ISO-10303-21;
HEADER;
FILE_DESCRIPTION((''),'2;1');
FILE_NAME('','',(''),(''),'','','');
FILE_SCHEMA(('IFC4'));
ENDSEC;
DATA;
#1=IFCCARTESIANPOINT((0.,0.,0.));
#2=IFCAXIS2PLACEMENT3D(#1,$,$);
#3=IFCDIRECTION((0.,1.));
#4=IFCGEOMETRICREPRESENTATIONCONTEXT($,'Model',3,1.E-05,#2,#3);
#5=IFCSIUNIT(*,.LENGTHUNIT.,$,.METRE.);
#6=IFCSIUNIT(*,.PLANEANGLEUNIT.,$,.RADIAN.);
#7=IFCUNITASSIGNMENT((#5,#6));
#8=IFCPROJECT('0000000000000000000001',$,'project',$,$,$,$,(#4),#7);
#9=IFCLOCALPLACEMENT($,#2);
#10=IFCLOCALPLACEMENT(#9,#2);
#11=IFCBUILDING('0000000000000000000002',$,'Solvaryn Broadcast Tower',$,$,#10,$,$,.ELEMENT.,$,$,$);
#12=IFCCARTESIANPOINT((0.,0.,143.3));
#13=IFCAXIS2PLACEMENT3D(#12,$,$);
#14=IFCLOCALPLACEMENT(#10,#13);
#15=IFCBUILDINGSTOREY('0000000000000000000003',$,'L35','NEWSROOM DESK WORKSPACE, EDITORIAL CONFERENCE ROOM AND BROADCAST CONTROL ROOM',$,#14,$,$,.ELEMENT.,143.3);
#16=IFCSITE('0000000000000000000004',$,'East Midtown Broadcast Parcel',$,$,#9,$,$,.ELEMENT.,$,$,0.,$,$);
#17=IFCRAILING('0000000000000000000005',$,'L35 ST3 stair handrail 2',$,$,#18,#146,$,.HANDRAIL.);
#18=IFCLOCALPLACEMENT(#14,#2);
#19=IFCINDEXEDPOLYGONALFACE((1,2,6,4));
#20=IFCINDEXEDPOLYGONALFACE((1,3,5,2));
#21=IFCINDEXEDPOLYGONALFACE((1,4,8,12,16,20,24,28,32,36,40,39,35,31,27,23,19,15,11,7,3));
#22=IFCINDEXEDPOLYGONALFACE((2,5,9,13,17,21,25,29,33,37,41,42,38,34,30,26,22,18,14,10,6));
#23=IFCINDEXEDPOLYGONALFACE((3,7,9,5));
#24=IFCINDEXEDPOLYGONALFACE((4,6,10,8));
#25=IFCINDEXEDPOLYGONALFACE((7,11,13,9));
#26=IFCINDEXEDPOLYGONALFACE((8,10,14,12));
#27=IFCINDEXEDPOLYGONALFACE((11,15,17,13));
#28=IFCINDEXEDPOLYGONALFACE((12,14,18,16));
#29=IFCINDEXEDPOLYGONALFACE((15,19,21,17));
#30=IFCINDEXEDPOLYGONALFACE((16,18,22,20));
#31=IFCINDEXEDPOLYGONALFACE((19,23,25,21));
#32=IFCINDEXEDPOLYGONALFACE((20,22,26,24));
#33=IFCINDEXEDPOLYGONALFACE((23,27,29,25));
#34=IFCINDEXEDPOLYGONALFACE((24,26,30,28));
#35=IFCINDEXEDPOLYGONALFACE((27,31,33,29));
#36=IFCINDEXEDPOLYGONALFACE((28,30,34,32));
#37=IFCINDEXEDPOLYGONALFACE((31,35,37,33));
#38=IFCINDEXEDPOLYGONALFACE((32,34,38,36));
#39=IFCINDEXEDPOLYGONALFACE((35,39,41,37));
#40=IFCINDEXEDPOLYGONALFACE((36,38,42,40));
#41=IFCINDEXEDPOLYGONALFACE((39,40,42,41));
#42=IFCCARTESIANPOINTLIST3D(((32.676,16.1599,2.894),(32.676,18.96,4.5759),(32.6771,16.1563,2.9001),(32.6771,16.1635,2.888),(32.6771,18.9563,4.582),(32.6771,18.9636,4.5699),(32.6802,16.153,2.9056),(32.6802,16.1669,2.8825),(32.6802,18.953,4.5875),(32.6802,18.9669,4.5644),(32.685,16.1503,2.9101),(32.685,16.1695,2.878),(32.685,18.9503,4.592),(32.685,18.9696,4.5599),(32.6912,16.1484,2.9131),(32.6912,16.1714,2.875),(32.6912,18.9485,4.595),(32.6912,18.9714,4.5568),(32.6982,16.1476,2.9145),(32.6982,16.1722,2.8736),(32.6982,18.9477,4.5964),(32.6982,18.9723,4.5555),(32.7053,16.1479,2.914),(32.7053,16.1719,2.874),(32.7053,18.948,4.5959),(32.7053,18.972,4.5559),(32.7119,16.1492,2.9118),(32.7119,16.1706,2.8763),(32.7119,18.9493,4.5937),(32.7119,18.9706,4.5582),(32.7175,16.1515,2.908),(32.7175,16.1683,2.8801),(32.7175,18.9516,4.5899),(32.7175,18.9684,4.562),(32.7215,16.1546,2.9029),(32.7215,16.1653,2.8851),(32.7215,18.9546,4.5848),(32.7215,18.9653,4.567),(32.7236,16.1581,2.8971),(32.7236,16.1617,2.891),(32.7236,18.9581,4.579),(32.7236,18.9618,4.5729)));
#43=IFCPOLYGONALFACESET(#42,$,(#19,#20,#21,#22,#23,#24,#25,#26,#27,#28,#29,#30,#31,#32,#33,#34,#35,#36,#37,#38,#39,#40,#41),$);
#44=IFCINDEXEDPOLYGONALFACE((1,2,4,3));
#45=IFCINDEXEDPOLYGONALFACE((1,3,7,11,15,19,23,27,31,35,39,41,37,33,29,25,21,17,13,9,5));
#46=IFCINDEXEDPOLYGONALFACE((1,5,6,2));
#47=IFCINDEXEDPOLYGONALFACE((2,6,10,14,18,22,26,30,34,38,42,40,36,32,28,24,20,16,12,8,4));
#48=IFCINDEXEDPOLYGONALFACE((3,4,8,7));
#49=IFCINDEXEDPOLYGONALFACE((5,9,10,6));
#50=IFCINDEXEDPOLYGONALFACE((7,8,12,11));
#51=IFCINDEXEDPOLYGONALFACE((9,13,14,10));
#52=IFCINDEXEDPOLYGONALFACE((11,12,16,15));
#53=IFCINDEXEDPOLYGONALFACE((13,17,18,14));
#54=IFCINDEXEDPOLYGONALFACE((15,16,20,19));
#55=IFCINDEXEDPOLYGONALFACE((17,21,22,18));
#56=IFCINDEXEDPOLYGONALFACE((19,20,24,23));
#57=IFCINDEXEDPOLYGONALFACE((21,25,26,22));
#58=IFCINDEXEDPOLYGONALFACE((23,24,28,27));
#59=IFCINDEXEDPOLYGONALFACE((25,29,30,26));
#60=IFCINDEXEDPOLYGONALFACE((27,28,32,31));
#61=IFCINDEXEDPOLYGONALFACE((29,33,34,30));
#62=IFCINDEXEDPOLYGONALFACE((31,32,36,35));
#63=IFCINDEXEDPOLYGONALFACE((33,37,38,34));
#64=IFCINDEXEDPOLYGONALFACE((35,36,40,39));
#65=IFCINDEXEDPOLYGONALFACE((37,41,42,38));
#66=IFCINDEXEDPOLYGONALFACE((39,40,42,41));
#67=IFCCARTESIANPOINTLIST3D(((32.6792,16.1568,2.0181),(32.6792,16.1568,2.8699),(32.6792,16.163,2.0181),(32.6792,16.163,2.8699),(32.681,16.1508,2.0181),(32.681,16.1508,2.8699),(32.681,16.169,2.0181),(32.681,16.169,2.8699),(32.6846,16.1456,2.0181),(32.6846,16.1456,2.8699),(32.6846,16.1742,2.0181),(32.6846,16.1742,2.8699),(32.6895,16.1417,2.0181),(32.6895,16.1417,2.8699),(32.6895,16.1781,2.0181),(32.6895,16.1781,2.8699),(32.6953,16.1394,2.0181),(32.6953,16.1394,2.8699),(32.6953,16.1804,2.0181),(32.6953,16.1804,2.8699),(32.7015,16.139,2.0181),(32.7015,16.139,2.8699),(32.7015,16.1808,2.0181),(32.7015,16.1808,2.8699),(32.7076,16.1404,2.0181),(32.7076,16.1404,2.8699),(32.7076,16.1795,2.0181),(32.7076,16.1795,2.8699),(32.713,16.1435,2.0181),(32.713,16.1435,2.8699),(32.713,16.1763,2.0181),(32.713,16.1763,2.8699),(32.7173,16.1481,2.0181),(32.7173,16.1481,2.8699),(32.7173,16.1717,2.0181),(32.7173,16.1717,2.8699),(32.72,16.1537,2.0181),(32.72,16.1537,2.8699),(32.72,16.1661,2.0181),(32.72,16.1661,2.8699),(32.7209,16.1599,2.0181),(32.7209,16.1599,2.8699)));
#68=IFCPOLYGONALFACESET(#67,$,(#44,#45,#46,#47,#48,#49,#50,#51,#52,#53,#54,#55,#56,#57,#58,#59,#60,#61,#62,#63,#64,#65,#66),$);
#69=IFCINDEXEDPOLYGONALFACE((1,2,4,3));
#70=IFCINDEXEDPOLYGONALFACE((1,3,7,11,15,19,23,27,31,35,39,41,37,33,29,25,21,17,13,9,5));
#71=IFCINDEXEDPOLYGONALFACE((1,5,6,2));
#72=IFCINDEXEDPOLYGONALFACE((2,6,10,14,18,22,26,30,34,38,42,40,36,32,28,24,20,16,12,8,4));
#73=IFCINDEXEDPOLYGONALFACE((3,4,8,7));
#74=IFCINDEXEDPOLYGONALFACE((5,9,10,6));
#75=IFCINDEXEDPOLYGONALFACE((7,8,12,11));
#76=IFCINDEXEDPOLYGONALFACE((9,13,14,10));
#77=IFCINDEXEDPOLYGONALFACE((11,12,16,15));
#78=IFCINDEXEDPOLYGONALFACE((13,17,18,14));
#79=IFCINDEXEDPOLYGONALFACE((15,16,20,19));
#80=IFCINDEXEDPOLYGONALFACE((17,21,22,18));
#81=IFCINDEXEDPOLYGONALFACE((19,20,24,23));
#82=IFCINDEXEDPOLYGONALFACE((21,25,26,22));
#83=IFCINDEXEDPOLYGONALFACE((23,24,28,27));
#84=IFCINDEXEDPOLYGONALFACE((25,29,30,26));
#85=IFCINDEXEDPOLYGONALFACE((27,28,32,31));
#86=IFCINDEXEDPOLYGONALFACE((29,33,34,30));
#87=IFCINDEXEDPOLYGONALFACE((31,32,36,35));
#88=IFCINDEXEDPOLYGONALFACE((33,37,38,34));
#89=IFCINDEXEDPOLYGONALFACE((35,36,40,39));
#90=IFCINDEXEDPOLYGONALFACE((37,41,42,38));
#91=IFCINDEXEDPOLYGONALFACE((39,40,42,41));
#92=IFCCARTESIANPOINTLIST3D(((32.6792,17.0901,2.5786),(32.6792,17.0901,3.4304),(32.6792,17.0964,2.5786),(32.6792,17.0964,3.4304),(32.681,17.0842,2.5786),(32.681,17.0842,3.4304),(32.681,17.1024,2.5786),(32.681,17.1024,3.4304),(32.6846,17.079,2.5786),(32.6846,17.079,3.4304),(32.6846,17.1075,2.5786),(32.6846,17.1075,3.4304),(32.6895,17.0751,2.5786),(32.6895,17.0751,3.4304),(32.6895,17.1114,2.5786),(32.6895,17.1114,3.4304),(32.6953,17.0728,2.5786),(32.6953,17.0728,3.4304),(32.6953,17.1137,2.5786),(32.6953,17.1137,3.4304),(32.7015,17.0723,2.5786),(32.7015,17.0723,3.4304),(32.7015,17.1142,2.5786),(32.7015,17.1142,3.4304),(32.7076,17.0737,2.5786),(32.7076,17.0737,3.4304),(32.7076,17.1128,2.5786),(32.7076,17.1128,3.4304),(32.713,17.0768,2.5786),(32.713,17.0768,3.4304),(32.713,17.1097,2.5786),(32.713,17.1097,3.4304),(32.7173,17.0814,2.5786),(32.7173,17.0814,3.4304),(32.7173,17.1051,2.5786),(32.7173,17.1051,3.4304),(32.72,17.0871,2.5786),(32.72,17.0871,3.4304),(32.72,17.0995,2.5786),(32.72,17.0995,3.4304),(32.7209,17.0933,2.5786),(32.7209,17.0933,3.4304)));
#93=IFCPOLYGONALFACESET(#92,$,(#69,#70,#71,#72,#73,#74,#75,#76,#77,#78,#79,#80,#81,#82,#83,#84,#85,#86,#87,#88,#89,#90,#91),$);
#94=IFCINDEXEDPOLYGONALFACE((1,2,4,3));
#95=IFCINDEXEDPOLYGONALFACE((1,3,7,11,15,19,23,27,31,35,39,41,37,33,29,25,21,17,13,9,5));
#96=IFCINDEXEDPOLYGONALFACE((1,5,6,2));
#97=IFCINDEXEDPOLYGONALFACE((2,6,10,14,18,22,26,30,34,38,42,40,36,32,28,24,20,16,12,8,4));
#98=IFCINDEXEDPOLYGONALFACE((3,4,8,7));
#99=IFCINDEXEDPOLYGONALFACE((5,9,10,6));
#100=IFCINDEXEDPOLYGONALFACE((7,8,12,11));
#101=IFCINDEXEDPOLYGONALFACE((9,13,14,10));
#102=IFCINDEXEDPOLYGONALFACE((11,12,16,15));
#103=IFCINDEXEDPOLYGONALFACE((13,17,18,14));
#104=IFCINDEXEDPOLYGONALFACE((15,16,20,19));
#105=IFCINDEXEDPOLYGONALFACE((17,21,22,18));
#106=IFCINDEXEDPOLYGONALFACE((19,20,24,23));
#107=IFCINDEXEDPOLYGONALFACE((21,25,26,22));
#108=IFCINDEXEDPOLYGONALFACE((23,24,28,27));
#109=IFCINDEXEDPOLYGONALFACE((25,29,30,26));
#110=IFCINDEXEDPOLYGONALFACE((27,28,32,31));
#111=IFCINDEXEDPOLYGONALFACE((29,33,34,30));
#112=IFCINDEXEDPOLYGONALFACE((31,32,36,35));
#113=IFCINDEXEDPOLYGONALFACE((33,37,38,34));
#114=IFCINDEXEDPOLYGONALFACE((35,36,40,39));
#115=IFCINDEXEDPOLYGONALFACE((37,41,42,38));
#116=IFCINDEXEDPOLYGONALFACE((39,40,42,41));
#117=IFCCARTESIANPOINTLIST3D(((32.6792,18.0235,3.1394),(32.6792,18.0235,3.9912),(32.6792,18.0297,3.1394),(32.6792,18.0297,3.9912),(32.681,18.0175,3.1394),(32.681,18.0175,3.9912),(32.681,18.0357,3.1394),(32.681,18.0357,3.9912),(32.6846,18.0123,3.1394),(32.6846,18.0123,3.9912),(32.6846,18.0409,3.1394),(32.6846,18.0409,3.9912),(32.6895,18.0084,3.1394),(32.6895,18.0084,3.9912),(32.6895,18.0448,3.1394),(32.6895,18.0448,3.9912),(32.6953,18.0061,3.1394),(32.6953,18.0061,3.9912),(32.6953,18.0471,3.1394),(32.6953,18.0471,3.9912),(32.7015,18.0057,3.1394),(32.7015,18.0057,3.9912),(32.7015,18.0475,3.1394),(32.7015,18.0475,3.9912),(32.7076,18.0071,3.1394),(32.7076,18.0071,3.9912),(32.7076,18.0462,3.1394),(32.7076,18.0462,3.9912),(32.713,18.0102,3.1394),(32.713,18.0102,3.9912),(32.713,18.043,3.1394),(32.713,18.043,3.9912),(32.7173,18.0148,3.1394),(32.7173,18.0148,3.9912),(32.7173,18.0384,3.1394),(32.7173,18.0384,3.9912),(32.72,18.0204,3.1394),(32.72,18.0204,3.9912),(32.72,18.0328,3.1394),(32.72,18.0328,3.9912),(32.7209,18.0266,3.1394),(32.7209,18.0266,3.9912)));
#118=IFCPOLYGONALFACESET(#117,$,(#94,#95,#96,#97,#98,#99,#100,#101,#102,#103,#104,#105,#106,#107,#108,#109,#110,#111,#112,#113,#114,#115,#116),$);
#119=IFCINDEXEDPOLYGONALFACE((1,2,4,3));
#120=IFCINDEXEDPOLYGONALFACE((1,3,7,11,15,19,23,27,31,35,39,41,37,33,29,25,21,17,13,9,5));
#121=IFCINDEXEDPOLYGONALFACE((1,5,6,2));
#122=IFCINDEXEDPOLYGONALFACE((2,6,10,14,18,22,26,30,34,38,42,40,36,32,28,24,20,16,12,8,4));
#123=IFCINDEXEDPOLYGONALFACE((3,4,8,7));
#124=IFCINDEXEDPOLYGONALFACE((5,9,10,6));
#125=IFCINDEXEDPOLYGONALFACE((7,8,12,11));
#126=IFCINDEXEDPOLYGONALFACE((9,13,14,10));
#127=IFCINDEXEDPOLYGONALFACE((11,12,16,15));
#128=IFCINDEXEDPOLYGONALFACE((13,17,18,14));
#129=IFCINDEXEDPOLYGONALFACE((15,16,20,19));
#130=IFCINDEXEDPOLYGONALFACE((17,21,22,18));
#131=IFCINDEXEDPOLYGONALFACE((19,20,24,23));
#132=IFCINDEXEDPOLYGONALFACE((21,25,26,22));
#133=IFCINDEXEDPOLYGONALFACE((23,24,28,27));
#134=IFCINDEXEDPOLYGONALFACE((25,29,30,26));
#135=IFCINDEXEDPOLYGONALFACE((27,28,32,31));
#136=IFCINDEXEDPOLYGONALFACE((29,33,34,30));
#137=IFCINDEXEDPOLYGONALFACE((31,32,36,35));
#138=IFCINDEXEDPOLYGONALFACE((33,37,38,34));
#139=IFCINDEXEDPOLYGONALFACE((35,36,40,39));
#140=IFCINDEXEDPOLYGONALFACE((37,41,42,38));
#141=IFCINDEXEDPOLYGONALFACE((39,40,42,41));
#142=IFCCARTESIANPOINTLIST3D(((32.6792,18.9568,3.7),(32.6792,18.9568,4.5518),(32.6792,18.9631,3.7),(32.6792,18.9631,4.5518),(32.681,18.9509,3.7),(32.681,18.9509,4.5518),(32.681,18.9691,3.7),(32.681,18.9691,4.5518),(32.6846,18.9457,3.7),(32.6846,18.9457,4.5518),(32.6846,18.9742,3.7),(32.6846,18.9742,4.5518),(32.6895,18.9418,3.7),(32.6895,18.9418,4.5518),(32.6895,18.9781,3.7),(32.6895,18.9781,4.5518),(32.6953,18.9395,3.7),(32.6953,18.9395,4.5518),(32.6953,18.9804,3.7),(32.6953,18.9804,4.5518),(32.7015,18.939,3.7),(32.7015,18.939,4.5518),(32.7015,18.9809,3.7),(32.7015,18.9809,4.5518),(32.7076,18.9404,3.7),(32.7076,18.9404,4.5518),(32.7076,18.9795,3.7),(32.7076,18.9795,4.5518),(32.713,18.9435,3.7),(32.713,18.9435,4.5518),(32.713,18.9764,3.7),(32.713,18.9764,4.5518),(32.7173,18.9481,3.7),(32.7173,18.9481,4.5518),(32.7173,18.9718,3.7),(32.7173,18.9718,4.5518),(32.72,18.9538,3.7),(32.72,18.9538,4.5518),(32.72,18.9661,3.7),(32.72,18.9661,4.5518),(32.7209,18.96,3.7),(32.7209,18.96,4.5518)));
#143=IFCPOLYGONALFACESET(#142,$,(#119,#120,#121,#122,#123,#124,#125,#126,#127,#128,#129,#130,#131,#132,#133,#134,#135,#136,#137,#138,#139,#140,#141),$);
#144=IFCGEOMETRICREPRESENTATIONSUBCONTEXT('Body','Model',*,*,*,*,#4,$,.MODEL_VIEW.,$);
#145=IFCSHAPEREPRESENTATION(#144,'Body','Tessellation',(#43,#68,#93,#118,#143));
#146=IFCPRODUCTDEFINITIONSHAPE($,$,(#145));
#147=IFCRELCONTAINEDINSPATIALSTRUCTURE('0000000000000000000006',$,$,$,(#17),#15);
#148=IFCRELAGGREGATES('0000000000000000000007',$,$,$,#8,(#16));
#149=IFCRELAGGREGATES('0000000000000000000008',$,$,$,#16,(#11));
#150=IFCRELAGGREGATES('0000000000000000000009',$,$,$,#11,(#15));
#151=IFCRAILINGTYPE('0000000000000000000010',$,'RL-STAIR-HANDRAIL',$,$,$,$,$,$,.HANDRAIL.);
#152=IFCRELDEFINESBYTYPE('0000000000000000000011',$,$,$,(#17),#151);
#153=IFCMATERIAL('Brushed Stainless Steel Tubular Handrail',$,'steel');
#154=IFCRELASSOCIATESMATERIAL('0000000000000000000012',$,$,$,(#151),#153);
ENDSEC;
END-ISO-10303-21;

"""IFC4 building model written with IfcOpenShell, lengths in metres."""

from ifc_helpers import new_model, si_unit, direction, frame, origin, origin_2d, place, context, subcontext, project, spatial, circle, extrude, material, type_object, element, save


model = new_model("IFC4")

# Units and contexts
model_context = context("Model", 3, precision=1e-05, world=origin(), true_north=direction((0.0, 1.0)))
body_context = subcontext(model_context, "Body", "Model", "MODEL_VIEW")
ifc_project = project(units=[si_unit("LENGTHUNIT", "METRE"), si_unit("PLANEANGLEUNIT", "RADIAN")], contexts=[model_context])

# Site, building, storey
site_placement = place(None, origin())
site = spatial("IfcSite", under=ifc_project, at=site_placement, Name="East Midtown Broadcast Parcel", CompositionType="ELEMENT", RefElevation=0.0)
building_placement = place(site_placement, origin())
building = spatial("IfcBuilding", under=site, at=building_placement, Name="Solvaryn Broadcast Tower", CompositionType="ELEMENT")
storey_placement = place(building_placement, frame((0.0, 0.0, 143.3)))
storey = spatial("IfcBuildingStorey", under=building, at=storey_placement, Name="L35", Description="NEWSROOM DESK WORKSPACE, EDITORIAL CONFERENCE ROOM AND BROADCAST CONTROL ROOM", CompositionType="ELEMENT", Elevation=143.3)

# Railing
ifc_material_1 = material(Name="Brushed Stainless Steel Tubular Handrail", Category="steel")
railing_type_1 = type_object("IfcRailingType", Name="RL-STAIR-HANDRAIL", PredefinedType="HANDRAIL", material=ifc_material_1)
railing_1_placement = place(storey_placement, frame((32.7, 16.1599, 2.0181)))
element("IfcRailing", 1, at=railing_1_placement, inside=storey, type_object=railing_type_1, Name="L35 ST3 stair handrail 2", PredefinedType="HANDRAIL", context=body_context, shape_type="SweptSolid", body=[
    extrude(circle(Radius=0.0239, at=origin_2d()), frame((0.0, 0.0, 0.876), z_axis=(0.0, 0.857242, 0.514913), x_axis=(-1.0, 0.0, 0.0)), (0.0, 0.0, 1.0), 3.2664),
    extrude(circle(Radius=0.021, at=origin_2d()), origin(), (0.0, 0.0, 1.0), 0.8518),
    extrude(circle(Radius=0.021, at=origin_2d()), frame((0.0, 0.9333, 0.5605)), (0.0, 0.0, 1.0), 0.8518),
    extrude(circle(Radius=0.021, at=origin_2d()), frame((0.0, 1.8667, 1.1213)), (0.0, 0.0, 1.0), 0.8518),
    extrude(circle(Radius=0.021, at=origin_2d()), frame((0.0, 2.8, 1.6819)), (0.0, 0.0, 1.0), 0.8518),
])

save(model, "model.ifc")
